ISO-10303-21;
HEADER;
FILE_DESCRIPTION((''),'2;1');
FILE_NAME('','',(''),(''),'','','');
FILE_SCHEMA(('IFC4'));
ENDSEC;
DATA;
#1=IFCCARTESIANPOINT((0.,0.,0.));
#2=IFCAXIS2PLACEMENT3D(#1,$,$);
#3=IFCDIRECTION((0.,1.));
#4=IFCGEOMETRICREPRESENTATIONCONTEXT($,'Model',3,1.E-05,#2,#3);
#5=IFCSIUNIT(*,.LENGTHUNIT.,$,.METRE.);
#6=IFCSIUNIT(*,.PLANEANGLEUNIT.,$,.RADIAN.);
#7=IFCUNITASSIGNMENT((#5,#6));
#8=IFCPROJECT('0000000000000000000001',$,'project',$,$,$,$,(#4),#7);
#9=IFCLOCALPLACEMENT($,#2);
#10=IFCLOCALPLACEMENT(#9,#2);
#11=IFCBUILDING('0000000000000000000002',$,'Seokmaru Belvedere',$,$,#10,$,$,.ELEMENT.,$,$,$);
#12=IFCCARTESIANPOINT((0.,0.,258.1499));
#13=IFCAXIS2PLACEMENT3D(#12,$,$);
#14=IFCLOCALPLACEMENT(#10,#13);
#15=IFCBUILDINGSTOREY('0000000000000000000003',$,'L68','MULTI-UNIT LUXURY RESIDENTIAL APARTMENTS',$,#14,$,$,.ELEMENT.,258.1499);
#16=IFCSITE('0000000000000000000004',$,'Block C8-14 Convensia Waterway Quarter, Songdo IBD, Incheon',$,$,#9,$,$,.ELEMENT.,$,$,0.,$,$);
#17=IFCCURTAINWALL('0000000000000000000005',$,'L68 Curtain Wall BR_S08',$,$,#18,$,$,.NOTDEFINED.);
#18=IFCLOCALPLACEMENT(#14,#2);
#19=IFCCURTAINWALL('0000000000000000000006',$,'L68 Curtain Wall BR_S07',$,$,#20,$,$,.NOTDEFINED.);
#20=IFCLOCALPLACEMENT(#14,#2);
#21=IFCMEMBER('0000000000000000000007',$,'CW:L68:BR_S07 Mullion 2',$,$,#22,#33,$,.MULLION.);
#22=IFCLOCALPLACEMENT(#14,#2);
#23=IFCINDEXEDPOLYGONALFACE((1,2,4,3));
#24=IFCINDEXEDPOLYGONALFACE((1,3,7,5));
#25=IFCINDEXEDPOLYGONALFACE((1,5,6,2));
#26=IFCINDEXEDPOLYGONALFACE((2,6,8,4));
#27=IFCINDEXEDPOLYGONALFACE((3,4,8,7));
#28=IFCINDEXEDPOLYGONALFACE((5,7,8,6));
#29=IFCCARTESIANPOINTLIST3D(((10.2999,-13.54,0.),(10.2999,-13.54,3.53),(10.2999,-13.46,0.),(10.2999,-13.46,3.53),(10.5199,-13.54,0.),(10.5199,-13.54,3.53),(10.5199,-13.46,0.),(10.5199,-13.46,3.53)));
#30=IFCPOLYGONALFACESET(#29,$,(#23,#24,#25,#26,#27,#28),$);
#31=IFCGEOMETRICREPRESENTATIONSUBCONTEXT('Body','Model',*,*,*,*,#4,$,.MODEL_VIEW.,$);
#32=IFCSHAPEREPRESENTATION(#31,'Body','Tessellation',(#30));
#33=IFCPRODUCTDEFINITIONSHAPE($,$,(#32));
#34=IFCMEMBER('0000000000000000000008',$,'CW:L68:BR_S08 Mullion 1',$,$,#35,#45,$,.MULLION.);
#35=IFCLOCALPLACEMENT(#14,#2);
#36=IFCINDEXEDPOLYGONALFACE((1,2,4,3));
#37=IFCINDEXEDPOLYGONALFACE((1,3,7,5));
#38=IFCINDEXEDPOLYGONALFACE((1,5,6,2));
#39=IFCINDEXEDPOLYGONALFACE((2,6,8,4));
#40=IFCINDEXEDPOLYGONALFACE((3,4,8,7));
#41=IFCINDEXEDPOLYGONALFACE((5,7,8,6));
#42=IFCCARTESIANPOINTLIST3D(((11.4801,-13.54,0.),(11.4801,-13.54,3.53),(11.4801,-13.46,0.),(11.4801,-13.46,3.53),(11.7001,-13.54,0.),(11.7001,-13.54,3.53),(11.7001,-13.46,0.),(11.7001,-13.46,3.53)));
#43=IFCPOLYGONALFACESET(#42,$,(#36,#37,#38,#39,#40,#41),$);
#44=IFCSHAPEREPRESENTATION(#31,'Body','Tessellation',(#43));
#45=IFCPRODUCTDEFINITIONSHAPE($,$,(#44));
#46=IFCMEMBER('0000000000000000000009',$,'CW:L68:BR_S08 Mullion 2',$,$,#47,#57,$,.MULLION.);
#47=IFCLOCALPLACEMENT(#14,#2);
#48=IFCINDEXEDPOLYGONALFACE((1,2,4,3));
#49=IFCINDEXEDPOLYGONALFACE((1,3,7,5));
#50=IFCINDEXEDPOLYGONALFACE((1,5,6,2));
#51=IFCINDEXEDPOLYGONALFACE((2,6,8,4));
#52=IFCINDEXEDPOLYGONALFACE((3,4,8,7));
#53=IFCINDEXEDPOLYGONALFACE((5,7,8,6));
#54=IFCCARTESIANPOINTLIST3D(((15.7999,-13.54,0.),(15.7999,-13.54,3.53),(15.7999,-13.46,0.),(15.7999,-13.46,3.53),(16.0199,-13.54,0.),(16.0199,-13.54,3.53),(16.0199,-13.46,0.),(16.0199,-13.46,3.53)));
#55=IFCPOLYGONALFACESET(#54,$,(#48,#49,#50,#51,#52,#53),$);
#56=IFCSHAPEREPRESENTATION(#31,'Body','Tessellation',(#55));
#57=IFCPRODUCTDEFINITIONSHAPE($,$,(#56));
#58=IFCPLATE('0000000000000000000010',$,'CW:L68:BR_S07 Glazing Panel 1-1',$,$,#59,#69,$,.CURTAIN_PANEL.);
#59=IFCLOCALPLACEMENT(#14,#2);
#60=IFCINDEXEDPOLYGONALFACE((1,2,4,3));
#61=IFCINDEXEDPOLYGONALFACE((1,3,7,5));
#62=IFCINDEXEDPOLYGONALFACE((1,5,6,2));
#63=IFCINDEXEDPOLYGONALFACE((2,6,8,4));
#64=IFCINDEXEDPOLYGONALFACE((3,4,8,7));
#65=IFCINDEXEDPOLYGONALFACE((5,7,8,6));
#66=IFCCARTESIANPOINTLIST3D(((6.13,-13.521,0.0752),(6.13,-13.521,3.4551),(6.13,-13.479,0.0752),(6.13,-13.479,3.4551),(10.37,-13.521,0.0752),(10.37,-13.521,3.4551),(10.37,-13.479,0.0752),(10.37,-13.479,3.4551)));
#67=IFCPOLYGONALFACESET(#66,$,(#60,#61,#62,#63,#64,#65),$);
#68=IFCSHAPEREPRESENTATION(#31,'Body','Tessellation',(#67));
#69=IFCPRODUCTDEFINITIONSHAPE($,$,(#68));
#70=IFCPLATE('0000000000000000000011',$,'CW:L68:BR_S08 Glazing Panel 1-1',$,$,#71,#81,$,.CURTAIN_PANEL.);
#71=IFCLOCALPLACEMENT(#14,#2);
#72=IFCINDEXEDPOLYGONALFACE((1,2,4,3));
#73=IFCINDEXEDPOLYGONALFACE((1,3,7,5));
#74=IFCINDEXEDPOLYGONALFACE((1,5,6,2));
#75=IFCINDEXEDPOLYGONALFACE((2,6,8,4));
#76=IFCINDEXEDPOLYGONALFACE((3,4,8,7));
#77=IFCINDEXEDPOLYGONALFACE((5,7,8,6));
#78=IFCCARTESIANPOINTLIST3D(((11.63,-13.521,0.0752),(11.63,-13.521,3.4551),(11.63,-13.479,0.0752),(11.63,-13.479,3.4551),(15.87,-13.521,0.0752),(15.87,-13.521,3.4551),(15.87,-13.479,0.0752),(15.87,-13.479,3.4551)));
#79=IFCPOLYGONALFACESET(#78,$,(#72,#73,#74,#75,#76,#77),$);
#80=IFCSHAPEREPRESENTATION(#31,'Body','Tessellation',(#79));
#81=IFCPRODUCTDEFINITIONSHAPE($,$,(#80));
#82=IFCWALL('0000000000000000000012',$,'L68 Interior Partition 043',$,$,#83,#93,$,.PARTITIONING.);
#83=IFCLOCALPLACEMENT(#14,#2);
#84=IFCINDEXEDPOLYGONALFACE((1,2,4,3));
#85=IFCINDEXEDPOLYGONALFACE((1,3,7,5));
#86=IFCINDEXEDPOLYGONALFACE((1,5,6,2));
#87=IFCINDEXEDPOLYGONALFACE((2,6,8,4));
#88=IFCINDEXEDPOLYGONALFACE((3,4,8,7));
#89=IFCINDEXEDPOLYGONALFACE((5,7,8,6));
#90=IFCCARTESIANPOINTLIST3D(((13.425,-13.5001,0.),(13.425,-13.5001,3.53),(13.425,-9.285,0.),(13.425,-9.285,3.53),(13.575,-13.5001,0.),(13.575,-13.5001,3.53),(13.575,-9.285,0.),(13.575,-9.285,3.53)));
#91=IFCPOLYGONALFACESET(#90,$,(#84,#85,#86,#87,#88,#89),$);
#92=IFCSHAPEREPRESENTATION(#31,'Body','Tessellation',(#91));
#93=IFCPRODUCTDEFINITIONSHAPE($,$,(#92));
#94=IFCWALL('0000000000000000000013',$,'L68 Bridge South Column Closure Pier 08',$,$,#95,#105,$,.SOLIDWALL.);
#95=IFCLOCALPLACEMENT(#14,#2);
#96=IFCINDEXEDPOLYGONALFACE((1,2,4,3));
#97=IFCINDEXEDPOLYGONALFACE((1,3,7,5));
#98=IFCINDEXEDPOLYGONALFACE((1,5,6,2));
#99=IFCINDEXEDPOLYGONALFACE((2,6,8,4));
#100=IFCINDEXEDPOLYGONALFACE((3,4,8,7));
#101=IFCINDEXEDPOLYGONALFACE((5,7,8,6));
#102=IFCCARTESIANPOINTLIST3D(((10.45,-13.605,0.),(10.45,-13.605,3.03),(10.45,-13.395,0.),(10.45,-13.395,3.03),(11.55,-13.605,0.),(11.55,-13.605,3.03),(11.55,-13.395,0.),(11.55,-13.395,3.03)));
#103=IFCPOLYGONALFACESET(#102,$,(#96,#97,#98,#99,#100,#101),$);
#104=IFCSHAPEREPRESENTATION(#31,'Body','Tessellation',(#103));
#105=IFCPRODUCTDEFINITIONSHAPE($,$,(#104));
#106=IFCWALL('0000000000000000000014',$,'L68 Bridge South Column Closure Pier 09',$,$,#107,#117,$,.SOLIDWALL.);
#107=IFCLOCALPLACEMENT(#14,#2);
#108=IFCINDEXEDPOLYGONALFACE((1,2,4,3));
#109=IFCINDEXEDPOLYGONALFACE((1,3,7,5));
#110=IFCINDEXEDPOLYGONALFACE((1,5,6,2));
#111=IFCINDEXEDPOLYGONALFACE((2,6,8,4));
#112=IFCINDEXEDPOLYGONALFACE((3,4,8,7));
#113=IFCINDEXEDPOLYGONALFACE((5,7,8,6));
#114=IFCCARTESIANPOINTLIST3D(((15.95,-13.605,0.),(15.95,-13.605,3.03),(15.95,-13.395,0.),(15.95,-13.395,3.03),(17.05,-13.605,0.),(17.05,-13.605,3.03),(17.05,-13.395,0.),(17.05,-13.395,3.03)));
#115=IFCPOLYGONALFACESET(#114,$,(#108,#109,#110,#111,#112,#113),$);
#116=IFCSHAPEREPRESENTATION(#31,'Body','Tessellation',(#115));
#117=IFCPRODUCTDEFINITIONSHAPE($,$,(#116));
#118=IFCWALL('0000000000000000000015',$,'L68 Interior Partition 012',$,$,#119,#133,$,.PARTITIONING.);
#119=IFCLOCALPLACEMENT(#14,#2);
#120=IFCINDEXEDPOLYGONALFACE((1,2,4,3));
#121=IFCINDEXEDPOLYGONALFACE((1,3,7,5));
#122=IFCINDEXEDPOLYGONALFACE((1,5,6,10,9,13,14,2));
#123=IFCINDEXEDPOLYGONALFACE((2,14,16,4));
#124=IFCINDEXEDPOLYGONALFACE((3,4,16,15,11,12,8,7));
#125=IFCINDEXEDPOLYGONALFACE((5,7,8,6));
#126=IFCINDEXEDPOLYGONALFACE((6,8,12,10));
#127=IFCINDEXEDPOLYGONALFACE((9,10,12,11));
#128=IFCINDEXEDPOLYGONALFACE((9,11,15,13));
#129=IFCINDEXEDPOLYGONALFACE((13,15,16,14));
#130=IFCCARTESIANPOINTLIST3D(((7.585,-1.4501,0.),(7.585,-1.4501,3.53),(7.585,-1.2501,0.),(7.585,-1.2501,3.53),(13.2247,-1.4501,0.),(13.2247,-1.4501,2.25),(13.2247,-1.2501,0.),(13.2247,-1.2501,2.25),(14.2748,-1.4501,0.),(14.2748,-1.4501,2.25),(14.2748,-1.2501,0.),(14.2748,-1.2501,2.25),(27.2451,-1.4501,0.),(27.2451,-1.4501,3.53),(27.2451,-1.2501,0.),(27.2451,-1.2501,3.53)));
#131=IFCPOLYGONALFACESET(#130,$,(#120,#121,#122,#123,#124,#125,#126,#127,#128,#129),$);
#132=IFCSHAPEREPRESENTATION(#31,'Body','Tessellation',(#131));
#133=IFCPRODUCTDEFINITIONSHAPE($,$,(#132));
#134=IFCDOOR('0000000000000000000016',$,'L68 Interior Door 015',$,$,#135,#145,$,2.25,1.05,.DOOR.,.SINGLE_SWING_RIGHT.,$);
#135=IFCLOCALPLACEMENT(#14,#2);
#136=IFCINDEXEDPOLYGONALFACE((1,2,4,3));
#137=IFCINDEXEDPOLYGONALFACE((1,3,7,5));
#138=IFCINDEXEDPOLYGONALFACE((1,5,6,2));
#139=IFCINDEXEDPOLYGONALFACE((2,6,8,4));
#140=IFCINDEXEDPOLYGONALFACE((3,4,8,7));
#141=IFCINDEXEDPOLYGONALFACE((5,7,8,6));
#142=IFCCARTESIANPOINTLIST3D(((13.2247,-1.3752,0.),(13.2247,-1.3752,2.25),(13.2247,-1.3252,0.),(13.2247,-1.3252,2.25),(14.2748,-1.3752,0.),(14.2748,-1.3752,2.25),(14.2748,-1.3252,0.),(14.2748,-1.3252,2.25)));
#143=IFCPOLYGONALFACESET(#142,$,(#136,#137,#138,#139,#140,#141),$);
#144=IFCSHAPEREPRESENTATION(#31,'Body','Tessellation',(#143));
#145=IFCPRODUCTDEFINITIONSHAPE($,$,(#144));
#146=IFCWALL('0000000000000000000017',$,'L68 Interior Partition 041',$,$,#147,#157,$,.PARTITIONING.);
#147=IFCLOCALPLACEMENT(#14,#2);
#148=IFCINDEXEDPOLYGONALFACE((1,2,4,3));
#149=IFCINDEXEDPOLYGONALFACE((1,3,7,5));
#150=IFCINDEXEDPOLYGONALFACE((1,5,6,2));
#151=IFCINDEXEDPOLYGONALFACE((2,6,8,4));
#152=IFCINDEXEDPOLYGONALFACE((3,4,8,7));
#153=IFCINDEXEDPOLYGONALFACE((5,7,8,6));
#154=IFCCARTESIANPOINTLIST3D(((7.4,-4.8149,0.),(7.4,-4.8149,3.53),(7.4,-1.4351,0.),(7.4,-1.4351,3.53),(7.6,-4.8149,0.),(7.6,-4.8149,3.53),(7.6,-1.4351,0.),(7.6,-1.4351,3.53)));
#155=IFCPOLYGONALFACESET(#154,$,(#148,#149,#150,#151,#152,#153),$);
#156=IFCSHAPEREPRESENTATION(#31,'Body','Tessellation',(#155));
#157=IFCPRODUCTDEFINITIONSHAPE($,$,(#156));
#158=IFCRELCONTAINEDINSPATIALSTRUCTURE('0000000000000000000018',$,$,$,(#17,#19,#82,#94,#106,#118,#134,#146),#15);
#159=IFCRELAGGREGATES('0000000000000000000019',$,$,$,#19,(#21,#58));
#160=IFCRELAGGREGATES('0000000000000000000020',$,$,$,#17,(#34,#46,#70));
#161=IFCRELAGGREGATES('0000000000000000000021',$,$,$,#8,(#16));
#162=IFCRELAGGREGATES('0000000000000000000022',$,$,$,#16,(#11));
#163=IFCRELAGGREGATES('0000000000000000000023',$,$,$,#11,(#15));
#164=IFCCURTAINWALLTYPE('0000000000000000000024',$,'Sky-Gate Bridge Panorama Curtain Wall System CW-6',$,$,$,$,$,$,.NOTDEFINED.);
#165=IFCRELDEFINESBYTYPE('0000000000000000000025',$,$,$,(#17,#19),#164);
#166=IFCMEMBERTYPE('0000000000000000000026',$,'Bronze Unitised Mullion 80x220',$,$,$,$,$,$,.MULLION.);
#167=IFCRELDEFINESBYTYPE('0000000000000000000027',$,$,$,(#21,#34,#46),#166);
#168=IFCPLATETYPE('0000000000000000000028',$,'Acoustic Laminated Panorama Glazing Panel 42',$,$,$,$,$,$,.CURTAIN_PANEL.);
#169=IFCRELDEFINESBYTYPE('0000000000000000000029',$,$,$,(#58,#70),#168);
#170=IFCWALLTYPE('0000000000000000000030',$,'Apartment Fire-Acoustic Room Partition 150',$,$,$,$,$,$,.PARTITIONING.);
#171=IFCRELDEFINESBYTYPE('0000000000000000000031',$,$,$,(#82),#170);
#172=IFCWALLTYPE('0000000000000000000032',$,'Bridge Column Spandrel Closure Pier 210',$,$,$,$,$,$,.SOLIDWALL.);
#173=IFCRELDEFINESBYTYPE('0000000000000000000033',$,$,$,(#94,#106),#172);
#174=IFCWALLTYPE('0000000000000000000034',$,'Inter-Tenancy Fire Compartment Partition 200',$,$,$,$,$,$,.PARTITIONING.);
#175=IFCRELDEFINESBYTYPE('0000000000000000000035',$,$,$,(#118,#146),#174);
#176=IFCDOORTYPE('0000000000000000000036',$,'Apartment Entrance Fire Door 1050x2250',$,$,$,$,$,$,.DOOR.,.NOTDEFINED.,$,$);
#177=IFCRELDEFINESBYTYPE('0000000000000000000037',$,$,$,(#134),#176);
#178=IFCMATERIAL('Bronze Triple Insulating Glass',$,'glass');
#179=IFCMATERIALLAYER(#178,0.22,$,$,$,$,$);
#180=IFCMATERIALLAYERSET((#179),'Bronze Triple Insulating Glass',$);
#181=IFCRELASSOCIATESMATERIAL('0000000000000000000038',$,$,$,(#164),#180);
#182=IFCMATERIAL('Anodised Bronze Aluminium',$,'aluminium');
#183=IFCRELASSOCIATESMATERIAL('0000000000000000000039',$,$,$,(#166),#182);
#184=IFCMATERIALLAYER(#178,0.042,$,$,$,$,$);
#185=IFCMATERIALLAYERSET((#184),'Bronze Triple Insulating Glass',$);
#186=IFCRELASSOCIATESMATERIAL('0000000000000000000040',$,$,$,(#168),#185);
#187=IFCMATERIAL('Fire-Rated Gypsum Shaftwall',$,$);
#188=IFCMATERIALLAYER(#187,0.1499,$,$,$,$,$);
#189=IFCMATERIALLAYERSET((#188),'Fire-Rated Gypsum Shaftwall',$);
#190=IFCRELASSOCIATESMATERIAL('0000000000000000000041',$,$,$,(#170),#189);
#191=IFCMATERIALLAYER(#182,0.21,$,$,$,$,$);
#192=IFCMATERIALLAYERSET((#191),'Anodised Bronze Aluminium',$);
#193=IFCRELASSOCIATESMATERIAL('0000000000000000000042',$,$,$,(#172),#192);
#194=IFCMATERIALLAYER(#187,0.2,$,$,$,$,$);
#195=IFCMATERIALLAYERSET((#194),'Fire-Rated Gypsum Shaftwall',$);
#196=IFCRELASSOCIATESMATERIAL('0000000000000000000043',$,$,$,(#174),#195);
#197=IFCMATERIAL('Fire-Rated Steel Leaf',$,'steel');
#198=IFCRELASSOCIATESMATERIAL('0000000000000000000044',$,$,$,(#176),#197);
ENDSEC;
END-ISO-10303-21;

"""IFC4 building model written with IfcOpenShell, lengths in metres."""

from ifc_helpers import new_model, si_unit, direction, frame, frame_2d, origin, origin_2d, place, context, subcontext, project, spatial, rectangle, extrude, source, transform, mapped, material, layer, layer_set, material_profile, profile_set, type_object, type_shapes, element, fill, aggregate, save


model = new_model("IFC4")

# Units and contexts
model_context = context("Model", 3, precision=1e-05, world=origin(), true_north=direction((0.0, 1.0)))
body_context = subcontext(model_context, "Body", "Model", "MODEL_VIEW")
ifc_project = project(units=[si_unit("LENGTHUNIT", "METRE"), si_unit("PLANEANGLEUNIT", "RADIAN")], contexts=[model_context])

# Site, building, storey
site_placement = place(None, origin())
site = spatial("IfcSite", under=ifc_project, at=site_placement, Name="Block C8-14 Convensia Waterway Quarter, Songdo IBD, Incheon", CompositionType="ELEMENT", RefElevation=0.0)
building_placement = place(site_placement, origin())
building = spatial("IfcBuilding", under=site, at=building_placement, Name="Seokmaru Belvedere", CompositionType="ELEMENT")
storey_placement = place(building_placement, frame((0.0, 0.0, 258.1499)))
storey = spatial("IfcBuildingStorey", under=building, at=storey_placement, Name="L68", Description="MULTI-UNIT LUXURY RESIDENTIAL APARTMENTS", CompositionType="ELEMENT", Elevation=258.1499)

# Curtain wall
ifc_material_1 = material(Name="Bronze Triple Insulating Glass", Category="glass")
ifc_layer_1 = layer(ifc_material_1, 0.22)
ifc_layer_set_1 = layer_set([ifc_layer_1], Name="Bronze Triple Insulating Glass")
curtain_wall_type = type_object("IfcCurtainWallType", Name="Sky-Gate Bridge Panorama Curtain Wall System CW-6", PredefinedType="NOTDEFINED", material=ifc_layer_set_1)
curtain_wall_1_placement = place(storey_placement, origin())
curtain_wall_1 = element("IfcCurtainWall", 1, at=curtain_wall_1_placement, inside=storey, type_object=curtain_wall_type, Name="L68 Curtain Wall BR_S08", PredefinedType="NOTDEFINED")
ifc_material_2 = material(Name="Anodised Bronze Aluminium", Category="aluminium")

# Curtain wall, member
curtain_wall_2_placement = place(storey_placement, origin())
curtain_wall_2 = element("IfcCurtainWall", 2, at=curtain_wall_2_placement, inside=storey, type_object=curtain_wall_type, Name="L68 Curtain Wall BR_S07", PredefinedType="NOTDEFINED")
ifc_material_profile_1 = material_profile(ifc_material_2, rectangle(XDim=0.0801, YDim=0.22, at=origin_2d()), Name="CW-M-80x220")
ifc_profile_set_1 = profile_set([ifc_material_profile_1], Name="Anodised Bronze Aluminium")
member_type_1 = type_object("IfcMemberType", Name="Bronze Unitised Mullion 80x220", PredefinedType="MULLION", material=ifc_profile_set_1)
shared_shape_1 = source(origin(), body_context, "Body", "SweptSolid", [
    extrude(rectangle(XDim=0.0801, YDim=0.22, at=origin_2d()), origin(), (0.0, 0.0, 1.0), 3.53),
])
type_shapes(member_type_1, [shared_shape_1])
member_1_placement = place(storey_placement, frame((10.4099, -13.5, 0.0), z_axis=(0.0, 0.0, 1.0), x_axis=(0.0, 1.0, 0.0)))
member_1 = element("IfcMember", 3, at=member_1_placement, type_object=member_type_1, Name="CW:L68:BR_S07 Mullion 2", PredefinedType="MULLION", context=body_context, shape_type="MappedRepresentation", body=[
    mapped(shared_shape_1, transform((0.0, 0.0, 0.0), scale=1.0)),
])

# Members
member_2_placement = place(storey_placement, frame((11.5901, -13.5, 0.0), z_axis=(0.0, 0.0, 1.0), x_axis=(0.0, 1.0, 0.0)))
member_2 = element("IfcMember", 4, at=member_2_placement, type_object=member_type_1, Name="CW:L68:BR_S08 Mullion 1", PredefinedType="MULLION", context=body_context, shape_type="MappedRepresentation", body=[
    mapped(shared_shape_1, transform((0.0, 0.0, 0.0), scale=1.0)),
])
member_3_placement = place(storey_placement, frame((15.9099, -13.5, 0.0), z_axis=(0.0, 0.0, 1.0), x_axis=(0.0, 1.0, 0.0)))
member_3 = element("IfcMember", 5, at=member_3_placement, type_object=member_type_1, Name="CW:L68:BR_S08 Mullion 2", PredefinedType="MULLION", context=body_context, shape_type="MappedRepresentation", body=[
    mapped(shared_shape_1, transform((0.0, 0.0, 0.0), scale=1.0)),
])

# Plates
ifc_layer_2 = layer(ifc_material_1, 0.042)
ifc_layer_set_2 = layer_set([ifc_layer_2], Name="Bronze Triple Insulating Glass")
plate_type = type_object("IfcPlateType", Name="Acoustic Laminated Panorama Glazing Panel 42", PredefinedType="CURTAIN_PANEL", material=ifc_layer_set_2)
shared_shape_2 = source(origin(), body_context, "Body", "SweptSolid", [
    extrude(rectangle(XDim=4.24, YDim=0.042, at=origin_2d()), origin(), (0.0, 0.0, 1.0), 3.3799),
])
type_shapes(plate_type, [shared_shape_2])
plate_1_placement = place(storey_placement, frame((8.25, -13.5, 0.0752), z_axis=(0.0, 0.0, 1.0), x_axis=(1.0, 0.0, 0.0)))
plate_1 = element("IfcPlate", 6, at=plate_1_placement, type_object=plate_type, Name="CW:L68:BR_S07 Glazing Panel 1-1", PredefinedType="CURTAIN_PANEL", context=body_context, shape_type="MappedRepresentation", body=[
    mapped(shared_shape_2, transform((0.0, 0.0, 0.0), scale=1.0)),
])
aggregate(curtain_wall_2, [member_1, plate_1])
plate_2_placement = place(storey_placement, frame((13.75, -13.5, 0.0752), z_axis=(0.0, 0.0, 1.0), x_axis=(1.0, 0.0, 0.0)))
plate_2 = element("IfcPlate", 7, at=plate_2_placement, type_object=plate_type, Name="CW:L68:BR_S08 Glazing Panel 1-1", PredefinedType="CURTAIN_PANEL", context=body_context, shape_type="MappedRepresentation", body=[
    mapped(shared_shape_2, transform((0.0, 0.0, 0.0), scale=1.0)),
])
aggregate(curtain_wall_1, [member_2, member_3, plate_2])

# Walls
ifc_material_3 = material(Name="Fire-Rated Gypsum Shaftwall")
ifc_layer_3 = layer(ifc_material_3, 0.1499)
ifc_layer_set_3 = layer_set([ifc_layer_3], Name="Fire-Rated Gypsum Shaftwall")
wall_type_1 = type_object("IfcWallType", Name="Apartment Fire-Acoustic Room Partition 150", PredefinedType="PARTITIONING", material=ifc_layer_set_3)
wall_1_placement = place(storey_placement, frame((13.5, -13.5, 0.0), z_axis=(0.0, 0.0, 1.0), x_axis=(0.0, 1.0, 0.0)))
element("IfcWall", 8, at=wall_1_placement, inside=storey, type_object=wall_type_1, Name="L68 Interior Partition 043", PredefinedType="PARTITIONING", context=body_context, shape_type="SweptSolid", body=[
    extrude(rectangle(XDim=4.2151, YDim=0.1499, at=frame_2d((2.1074, 0.0))), origin(), (0.0, 0.0, 1.0), 3.53),
])
ifc_layer_4 = layer(ifc_material_2, 0.21)
ifc_layer_set_4 = layer_set([ifc_layer_4], Name="Anodised Bronze Aluminium")
wall_type_2 = type_object("IfcWallType", Name="Bridge Column Spandrel Closure Pier 210", PredefinedType="SOLIDWALL", material=ifc_layer_set_4)
for number, where, z_axis, x_axis, name in (
    (9, (10.45, -13.5, 0.0), (0.0, 0.0, 1.0), (1.0, 0.0, 0.0), "L68 Bridge South Column Closure Pier 08"),
    (10, (15.95, -13.5, 0.0), (0.0, 0.0, 1.0), (1.0, 0.0, 0.0), "L68 Bridge South Column Closure Pier 09"),
):
    element("IfcWall", number, at=place(storey_placement, frame(where, z_axis=z_axis, x_axis=x_axis)), inside=storey, type_object=wall_type_2, Name=name, PredefinedType="SOLIDWALL", context=body_context, shape_type="SweptSolid", body=[
        extrude(rectangle(XDim=1.1001, YDim=0.21, at=frame_2d((0.55, 0.0))), origin(), (0.0, 0.0, 1.0), 3.03),
    ])

# Wall, opening, door
ifc_layer_5 = layer(ifc_material_3, 0.2)
ifc_layer_set_5 = layer_set([ifc_layer_5], Name="Fire-Rated Gypsum Shaftwall")
wall_type_3 = type_object("IfcWallType", Name="Inter-Tenancy Fire Compartment Partition 200", PredefinedType="PARTITIONING", material=ifc_layer_set_5)
wall_2_placement = place(storey_placement, frame((7.585, -1.3501, 0.0), z_axis=(0.0, 0.0, 1.0), x_axis=(1.0, 0.0, 0.0)))
wall_2 = element("IfcWall", 11, at=wall_2_placement, inside=storey, type_object=wall_type_3, Name="L68 Interior Partition 012", PredefinedType="PARTITIONING", context=body_context, shape_type="SweptSolid", body=[
    extrude(rectangle(XDim=19.6602, YDim=0.2, at=frame_2d((9.8301, 0.0))), origin(), (0.0, 0.0, 1.0), 3.53),
])
opening_placement = place(wall_2_placement, frame((5.6399, 0.0, 0.0)))
opening = element("IfcOpeningElement", 12, at=opening_placement, cuts=wall_2, PredefinedType="OPENING", context=body_context, shape_type="SweptSolid", body=[
    extrude(rectangle(XDim=1.05, YDim=2.25, at=frame_2d((0.5249, 1.125))), frame((0.0, 0.1099, 0.0), z_axis=(0.0, -1.0, 0.0), x_axis=(1.0, 0.0, 0.0)), (0.0, 0.0, 1.0), 0.22),
])
ifc_material_4 = material(Name="Fire-Rated Steel Leaf", Category="steel")
door_type = type_object("IfcDoorType", Name="Apartment Entrance Fire Door 1050x2250", OperationType="NOTDEFINED", PredefinedType="DOOR", material=ifc_material_4)
shared_shape_3 = source(origin(), body_context, "Body", "SweptSolid", [
    extrude(rectangle(XDim=1.05, YDim=2.25, at=frame_2d((0.5249, 1.125))), frame((0.0, 0.0249, 0.0), z_axis=(0.0, -1.0, 0.0), x_axis=(1.0, 0.0, 0.0)), (0.0, 0.0, 1.0), 0.05),
])
type_shapes(door_type, [shared_shape_3])
door_placement = place(opening_placement, origin())
door = element("IfcDoor", 13, at=door_placement, inside=storey, type_object=door_type, Name="L68 Interior Door 015", OperationType="SINGLE_SWING_RIGHT", OverallHeight=2.25, OverallWidth=1.05, PredefinedType="DOOR", context=body_context, shape_type="MappedRepresentation", body=[
    mapped(shared_shape_3, transform((0.0, 0.0, 0.0), scale=1.0)),
])
fill(opening, door)

# Wall
wall_3_placement = place(storey_placement, frame((7.5, -4.8149, 0.0), z_axis=(0.0, 0.0, 1.0), x_axis=(0.0, 1.0, 0.0)))
element("IfcWall", 14, at=wall_3_placement, inside=storey, type_object=wall_type_3, Name="L68 Interior Partition 041", PredefinedType="PARTITIONING", context=body_context, shape_type="SweptSolid", body=[
    extrude(rectangle(XDim=3.3799, YDim=0.2, at=frame_2d((1.6899, 0.0))), origin(), (0.0, 0.0, 1.0), 3.53),
])

save(model, "model.ifc")
